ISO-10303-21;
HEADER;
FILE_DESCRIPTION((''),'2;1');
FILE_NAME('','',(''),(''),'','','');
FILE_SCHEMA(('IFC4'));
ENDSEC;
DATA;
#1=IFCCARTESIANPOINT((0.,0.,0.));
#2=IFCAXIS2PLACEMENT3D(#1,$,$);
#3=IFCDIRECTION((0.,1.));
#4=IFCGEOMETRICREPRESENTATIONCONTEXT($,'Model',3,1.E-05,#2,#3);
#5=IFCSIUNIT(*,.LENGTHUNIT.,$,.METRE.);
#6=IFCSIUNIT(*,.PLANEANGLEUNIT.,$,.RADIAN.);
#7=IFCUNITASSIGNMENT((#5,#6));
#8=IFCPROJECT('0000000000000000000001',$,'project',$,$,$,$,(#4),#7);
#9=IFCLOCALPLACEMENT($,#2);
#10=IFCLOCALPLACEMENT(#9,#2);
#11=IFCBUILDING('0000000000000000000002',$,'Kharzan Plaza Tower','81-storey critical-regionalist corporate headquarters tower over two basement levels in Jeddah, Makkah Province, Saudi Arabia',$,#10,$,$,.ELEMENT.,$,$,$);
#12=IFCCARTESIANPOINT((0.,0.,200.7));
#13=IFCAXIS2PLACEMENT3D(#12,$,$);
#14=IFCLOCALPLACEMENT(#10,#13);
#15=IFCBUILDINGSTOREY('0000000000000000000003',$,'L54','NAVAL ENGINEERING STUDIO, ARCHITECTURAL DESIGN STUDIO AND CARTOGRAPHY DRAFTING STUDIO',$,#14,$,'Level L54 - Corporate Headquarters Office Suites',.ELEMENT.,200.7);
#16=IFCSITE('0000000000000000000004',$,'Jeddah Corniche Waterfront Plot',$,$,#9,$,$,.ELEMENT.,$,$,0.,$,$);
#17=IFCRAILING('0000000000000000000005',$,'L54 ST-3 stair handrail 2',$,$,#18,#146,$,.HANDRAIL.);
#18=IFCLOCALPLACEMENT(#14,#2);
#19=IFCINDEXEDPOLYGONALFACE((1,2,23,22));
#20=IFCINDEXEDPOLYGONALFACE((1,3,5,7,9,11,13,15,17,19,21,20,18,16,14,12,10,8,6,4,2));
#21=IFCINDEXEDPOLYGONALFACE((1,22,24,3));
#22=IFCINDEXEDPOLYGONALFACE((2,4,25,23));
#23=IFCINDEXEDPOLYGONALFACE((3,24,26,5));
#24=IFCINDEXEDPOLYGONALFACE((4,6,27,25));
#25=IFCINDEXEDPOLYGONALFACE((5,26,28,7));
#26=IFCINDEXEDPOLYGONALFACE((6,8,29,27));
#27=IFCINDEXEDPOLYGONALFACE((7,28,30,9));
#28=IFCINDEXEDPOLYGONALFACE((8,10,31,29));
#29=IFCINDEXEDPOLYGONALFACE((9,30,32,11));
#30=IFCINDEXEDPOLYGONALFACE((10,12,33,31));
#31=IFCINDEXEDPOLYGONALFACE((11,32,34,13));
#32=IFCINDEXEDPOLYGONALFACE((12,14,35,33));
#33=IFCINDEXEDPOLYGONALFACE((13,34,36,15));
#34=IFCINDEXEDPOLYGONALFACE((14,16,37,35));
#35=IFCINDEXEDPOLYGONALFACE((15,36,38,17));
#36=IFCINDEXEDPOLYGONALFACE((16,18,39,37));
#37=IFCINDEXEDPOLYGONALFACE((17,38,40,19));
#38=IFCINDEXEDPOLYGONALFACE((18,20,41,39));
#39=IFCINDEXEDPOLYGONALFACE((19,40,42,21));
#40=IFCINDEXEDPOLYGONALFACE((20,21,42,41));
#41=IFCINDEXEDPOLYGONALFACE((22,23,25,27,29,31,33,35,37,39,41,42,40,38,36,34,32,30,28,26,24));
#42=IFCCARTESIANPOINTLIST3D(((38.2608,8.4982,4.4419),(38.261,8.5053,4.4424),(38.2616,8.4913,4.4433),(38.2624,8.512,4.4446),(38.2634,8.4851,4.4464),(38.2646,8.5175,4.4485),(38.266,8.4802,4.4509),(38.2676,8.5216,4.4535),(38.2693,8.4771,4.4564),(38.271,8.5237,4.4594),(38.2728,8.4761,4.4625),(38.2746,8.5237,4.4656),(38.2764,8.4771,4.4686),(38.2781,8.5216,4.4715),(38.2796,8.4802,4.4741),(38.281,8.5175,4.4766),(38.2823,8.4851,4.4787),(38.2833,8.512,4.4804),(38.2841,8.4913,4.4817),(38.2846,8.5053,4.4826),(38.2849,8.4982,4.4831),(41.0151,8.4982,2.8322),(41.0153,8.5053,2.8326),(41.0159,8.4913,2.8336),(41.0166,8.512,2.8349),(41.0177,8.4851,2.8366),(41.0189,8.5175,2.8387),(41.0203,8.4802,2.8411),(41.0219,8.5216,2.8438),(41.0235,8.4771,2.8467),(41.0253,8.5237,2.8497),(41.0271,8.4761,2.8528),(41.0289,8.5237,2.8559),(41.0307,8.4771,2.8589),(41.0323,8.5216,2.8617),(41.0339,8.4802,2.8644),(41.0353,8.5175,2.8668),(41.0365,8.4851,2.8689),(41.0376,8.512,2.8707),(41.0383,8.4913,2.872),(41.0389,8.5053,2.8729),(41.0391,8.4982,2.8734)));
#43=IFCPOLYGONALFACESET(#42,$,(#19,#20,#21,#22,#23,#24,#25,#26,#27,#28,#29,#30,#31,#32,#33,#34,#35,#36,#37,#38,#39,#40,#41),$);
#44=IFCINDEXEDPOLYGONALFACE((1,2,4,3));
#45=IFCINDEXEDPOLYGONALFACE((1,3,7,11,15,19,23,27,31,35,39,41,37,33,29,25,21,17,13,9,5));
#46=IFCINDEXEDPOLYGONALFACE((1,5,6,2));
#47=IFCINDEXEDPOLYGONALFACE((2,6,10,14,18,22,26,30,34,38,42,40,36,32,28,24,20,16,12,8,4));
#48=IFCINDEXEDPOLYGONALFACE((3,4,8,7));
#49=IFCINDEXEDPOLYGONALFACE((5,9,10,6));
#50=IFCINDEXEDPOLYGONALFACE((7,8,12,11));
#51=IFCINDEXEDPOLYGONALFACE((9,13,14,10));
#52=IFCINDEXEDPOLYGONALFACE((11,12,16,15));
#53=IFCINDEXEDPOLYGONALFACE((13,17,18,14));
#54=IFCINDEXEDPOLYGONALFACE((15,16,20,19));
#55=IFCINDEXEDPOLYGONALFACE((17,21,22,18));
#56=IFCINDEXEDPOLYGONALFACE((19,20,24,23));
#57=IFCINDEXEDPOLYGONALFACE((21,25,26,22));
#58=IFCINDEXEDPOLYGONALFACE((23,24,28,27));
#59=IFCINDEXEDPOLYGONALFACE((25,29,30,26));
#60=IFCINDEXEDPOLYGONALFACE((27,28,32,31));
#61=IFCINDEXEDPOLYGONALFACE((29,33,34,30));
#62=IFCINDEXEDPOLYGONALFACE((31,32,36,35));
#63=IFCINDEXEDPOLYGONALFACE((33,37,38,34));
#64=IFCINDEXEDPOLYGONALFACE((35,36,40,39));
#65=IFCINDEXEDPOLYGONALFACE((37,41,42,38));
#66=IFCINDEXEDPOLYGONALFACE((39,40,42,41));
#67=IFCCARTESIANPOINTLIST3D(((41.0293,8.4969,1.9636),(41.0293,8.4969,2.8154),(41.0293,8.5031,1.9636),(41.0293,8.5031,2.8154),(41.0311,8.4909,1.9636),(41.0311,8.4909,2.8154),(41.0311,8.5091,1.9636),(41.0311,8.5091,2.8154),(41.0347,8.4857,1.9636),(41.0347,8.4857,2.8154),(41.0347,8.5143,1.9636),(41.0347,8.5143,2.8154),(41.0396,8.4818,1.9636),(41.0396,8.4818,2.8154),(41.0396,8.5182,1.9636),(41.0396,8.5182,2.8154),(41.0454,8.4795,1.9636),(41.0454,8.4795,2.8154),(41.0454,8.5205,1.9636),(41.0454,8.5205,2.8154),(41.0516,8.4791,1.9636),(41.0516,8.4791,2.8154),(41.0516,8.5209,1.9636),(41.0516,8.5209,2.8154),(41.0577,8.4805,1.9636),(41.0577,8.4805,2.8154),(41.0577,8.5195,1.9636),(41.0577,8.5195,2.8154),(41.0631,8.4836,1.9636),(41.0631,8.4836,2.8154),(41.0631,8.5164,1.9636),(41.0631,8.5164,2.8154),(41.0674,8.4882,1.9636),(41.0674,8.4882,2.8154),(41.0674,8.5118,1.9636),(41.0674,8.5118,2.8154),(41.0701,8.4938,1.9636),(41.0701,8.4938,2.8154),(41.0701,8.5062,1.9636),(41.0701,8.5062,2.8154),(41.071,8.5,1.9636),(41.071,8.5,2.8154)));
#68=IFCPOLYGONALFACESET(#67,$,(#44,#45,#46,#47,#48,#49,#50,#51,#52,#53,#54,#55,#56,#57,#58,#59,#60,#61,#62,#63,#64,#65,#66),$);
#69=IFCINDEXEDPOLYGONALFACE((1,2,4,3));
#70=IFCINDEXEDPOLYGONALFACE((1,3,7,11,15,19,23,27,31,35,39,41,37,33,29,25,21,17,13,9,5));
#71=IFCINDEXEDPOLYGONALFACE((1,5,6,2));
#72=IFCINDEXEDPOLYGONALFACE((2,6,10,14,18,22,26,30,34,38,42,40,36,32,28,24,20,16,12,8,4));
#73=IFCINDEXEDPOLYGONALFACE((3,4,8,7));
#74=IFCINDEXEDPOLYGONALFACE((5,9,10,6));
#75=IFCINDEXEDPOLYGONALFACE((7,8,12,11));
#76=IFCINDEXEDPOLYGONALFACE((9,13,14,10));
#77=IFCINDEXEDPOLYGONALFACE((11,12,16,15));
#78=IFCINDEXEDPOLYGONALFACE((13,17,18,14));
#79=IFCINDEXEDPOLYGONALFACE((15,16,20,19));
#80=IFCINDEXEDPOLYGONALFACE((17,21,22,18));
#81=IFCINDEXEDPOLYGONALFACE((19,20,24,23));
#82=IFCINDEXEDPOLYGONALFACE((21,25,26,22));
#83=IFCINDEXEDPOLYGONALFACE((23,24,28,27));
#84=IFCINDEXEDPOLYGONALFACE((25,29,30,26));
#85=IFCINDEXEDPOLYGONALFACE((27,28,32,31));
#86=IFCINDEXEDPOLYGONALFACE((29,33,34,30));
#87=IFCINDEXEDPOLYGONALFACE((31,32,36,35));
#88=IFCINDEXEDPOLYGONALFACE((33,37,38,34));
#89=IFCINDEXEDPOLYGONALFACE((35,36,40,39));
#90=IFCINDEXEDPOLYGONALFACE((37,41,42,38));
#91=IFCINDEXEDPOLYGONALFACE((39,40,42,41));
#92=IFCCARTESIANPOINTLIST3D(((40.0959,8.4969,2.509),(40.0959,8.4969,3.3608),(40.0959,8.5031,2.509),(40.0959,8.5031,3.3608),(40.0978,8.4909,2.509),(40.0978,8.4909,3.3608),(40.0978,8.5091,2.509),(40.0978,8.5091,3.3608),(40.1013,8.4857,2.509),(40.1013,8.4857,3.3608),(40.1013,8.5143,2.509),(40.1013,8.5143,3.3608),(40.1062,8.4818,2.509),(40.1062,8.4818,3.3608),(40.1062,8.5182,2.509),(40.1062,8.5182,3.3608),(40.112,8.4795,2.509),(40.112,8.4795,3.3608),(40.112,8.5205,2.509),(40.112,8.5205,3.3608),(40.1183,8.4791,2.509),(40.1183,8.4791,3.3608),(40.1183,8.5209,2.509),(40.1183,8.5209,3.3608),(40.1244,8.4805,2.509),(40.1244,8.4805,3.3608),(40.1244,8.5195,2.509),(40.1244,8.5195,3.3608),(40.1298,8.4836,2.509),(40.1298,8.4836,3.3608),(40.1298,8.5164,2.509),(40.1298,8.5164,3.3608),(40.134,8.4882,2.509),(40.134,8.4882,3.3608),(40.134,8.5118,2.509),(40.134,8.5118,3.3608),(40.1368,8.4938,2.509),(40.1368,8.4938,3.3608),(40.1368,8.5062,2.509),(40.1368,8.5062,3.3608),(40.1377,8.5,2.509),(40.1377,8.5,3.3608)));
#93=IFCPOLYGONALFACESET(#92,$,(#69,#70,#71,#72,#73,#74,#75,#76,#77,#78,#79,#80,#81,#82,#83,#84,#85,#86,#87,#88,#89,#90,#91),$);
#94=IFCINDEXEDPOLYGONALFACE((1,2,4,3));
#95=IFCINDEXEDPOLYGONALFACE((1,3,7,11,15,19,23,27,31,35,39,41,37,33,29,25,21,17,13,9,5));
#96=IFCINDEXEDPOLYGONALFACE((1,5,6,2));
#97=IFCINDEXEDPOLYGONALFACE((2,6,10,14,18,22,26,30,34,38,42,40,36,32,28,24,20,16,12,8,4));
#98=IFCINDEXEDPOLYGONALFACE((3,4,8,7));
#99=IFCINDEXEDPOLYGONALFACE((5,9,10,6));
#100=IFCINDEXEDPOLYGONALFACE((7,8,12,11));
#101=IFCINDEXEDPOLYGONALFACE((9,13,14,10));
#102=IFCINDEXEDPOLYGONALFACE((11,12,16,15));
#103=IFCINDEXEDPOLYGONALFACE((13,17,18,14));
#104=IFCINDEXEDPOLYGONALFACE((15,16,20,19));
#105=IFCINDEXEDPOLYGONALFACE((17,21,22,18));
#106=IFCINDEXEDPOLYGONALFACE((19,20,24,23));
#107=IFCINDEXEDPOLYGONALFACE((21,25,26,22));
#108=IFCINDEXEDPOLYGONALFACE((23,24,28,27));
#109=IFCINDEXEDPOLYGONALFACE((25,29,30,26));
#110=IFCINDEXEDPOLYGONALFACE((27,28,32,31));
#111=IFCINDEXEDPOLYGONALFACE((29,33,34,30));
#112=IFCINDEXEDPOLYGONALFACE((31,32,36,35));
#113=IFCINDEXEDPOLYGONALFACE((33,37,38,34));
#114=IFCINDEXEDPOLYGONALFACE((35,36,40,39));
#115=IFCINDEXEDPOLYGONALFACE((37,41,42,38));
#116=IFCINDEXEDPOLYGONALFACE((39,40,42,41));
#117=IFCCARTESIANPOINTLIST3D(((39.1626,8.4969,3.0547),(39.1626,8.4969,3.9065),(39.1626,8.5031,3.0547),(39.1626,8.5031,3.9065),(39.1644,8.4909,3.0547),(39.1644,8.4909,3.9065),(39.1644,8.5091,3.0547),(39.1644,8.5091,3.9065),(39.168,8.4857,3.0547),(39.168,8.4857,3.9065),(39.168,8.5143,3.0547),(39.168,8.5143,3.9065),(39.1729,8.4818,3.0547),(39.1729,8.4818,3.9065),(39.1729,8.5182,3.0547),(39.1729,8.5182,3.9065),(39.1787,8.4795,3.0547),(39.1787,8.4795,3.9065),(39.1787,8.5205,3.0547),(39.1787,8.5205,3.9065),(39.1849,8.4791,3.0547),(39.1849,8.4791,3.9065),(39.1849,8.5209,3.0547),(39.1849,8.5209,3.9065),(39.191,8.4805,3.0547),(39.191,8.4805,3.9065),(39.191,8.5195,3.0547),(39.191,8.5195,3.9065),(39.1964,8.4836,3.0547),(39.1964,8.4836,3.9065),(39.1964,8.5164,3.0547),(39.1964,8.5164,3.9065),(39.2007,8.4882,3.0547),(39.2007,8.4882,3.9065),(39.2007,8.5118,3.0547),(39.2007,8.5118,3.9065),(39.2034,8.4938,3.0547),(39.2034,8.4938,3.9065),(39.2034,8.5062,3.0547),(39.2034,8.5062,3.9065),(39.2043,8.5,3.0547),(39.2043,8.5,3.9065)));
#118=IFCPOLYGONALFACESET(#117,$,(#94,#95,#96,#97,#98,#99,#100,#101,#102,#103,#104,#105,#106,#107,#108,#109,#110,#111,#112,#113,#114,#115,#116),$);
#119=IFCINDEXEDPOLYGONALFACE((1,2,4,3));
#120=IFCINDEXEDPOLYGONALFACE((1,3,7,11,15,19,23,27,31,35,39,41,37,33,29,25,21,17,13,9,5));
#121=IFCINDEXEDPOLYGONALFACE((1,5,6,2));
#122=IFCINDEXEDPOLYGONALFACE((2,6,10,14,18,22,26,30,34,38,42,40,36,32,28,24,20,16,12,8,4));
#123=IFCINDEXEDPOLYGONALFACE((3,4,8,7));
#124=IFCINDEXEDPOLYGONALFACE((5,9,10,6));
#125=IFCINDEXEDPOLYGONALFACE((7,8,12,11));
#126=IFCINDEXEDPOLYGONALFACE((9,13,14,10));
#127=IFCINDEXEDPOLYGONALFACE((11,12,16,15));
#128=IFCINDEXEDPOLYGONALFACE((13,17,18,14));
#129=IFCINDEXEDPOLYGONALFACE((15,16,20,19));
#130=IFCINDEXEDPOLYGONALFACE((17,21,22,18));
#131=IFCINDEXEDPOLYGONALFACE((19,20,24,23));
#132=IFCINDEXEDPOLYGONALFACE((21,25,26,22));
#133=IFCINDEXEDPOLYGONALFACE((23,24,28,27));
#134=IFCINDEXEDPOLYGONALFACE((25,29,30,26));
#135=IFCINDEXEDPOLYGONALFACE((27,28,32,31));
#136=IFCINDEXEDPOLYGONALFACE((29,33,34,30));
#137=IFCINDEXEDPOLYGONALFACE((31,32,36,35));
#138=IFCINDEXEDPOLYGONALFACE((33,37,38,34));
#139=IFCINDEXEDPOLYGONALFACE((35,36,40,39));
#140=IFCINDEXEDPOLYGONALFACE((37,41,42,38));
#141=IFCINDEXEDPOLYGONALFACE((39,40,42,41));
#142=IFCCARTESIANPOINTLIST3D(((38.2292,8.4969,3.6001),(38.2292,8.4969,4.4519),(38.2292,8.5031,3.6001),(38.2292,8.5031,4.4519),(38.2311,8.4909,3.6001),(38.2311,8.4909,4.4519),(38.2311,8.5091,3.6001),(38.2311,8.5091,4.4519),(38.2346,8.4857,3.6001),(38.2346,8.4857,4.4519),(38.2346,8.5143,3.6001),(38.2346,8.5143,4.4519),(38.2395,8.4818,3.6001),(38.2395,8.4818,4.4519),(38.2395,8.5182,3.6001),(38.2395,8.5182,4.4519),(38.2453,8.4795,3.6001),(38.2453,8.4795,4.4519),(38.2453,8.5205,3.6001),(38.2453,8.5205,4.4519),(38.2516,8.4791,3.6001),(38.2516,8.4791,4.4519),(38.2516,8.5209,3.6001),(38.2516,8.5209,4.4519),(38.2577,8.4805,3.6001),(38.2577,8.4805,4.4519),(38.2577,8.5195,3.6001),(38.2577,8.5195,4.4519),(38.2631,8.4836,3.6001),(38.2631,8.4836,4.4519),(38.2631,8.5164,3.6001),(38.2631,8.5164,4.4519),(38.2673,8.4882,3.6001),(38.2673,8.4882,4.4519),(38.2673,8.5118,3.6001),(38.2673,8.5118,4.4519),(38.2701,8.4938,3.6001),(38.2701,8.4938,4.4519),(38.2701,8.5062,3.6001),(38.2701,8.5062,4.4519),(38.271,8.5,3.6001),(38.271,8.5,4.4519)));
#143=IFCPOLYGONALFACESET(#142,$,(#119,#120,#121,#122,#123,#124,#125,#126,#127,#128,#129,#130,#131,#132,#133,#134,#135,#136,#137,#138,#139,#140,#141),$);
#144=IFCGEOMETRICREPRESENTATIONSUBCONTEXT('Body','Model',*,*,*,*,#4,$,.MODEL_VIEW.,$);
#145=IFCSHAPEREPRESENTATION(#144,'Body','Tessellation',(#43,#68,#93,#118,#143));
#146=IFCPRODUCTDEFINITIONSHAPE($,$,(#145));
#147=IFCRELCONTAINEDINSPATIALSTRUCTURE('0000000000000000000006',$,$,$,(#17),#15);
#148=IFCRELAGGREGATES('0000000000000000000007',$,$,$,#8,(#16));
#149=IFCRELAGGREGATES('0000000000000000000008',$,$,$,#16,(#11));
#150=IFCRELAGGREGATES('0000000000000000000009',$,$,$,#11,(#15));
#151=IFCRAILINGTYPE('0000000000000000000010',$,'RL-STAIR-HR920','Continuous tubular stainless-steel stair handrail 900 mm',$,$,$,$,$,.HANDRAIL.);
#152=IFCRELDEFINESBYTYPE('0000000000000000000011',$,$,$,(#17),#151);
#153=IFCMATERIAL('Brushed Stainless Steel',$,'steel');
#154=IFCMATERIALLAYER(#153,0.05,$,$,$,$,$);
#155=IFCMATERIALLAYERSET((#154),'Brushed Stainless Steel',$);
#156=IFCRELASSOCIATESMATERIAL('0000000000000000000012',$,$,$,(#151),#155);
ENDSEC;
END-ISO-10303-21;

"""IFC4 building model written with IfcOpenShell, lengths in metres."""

from ifc_helpers import new_model, si_unit, direction, frame, origin, origin_2d, place, context, subcontext, project, spatial, circle, extrude, source, transform, mapped, material, layer, layer_set, type_object, element, save


model = new_model("IFC4")

# Units and contexts
model_context = context("Model", 3, precision=1e-05, world=origin(), true_north=direction((0.0, 1.0)))
body_context = subcontext(model_context, "Body", "Model", "MODEL_VIEW")
ifc_project = project(units=[si_unit("LENGTHUNIT", "METRE"), si_unit("PLANEANGLEUNIT", "RADIAN")], contexts=[model_context])

# Site, building, storey
site_placement = place(None, origin())
site = spatial("IfcSite", under=ifc_project, at=site_placement, Name="Jeddah Corniche Waterfront Plot", CompositionType="ELEMENT", RefElevation=0.0)
building_placement = place(site_placement, origin())
building = spatial("IfcBuilding", under=site, at=building_placement, Name="Kharzan Plaza Tower", Description="81-storey critical-regionalist corporate headquarters tower over two basement levels in Jeddah, Makkah Province, Saudi Arabia", CompositionType="ELEMENT")
storey_placement = place(building_placement, frame((0.0, 0.0, 200.7)))
storey = spatial("IfcBuildingStorey", under=building, at=storey_placement, Name="L54", Description="NAVAL ENGINEERING STUDIO, ARCHITECTURAL DESIGN STUDIO AND CARTOGRAPHY DRAFTING STUDIO", LongName="Level L54 - Corporate Headquarters Office Suites", CompositionType="ELEMENT", Elevation=200.7)

# Shared definitions
ifc_material_1 = material(Name="Brushed Stainless Steel", Category="steel")

# Railing
ifc_layer_1 = layer(ifc_material_1, 0.05)
ifc_layer_set_1 = layer_set([ifc_layer_1], Name="Brushed Stainless Steel")
railing_type_1 = type_object("IfcRailingType", Name="RL-STAIR-HR920", Description="Continuous tubular stainless-steel stair handrail 900 mm", PredefinedType="HANDRAIL", material=ifc_layer_set_1)
shared_shape_1 = source(origin(), body_context, "Body", "SweptSolid", [
    extrude(circle(Radius=0.0239, at=origin_2d()), frame((-0.0229, 0.0, 0.8892), z_axis=(-0.863361, 0.0, 0.504587), x_axis=(0.0, -1.0, 0.0)), (0.0, 0.0, 1.0), 3.1902),
    extrude(circle(Radius=0.021, at=origin_2d()), origin(), (0.0, 0.0, 1.0), 0.8518),
    extrude(circle(Radius=0.021, at=origin_2d()), frame((-0.9333, 0.0, 0.5454)), (0.0, 0.0, 1.0), 0.8518),
    extrude(circle(Radius=0.021, at=origin_2d()), frame((-1.8667, 0.0, 1.0911)), (0.0, 0.0, 1.0), 0.8518),
    extrude(circle(Radius=0.021, at=origin_2d()), frame((-2.8, 0.0, 1.6365)), (0.0, 0.0, 1.0), 0.8518),
])
railing_1_placement = place(storey_placement, frame((41.05, 8.5, 1.9636)))
element("IfcRailing", 1, at=railing_1_placement, inside=storey, type_object=railing_type_1, Name="L54 ST-3 stair handrail 2", PredefinedType="HANDRAIL", context=body_context, shape_type="MappedRepresentation", body=[
    mapped(shared_shape_1, transform((0.0, 0.0, 0.0), x_axis=(1.0, 0.0, 0.0), y_axis=(0.0, 1.0, 0.0), z_axis=(0.0, 0.0, 1.0))),
])

save(model, "model.ifc")
